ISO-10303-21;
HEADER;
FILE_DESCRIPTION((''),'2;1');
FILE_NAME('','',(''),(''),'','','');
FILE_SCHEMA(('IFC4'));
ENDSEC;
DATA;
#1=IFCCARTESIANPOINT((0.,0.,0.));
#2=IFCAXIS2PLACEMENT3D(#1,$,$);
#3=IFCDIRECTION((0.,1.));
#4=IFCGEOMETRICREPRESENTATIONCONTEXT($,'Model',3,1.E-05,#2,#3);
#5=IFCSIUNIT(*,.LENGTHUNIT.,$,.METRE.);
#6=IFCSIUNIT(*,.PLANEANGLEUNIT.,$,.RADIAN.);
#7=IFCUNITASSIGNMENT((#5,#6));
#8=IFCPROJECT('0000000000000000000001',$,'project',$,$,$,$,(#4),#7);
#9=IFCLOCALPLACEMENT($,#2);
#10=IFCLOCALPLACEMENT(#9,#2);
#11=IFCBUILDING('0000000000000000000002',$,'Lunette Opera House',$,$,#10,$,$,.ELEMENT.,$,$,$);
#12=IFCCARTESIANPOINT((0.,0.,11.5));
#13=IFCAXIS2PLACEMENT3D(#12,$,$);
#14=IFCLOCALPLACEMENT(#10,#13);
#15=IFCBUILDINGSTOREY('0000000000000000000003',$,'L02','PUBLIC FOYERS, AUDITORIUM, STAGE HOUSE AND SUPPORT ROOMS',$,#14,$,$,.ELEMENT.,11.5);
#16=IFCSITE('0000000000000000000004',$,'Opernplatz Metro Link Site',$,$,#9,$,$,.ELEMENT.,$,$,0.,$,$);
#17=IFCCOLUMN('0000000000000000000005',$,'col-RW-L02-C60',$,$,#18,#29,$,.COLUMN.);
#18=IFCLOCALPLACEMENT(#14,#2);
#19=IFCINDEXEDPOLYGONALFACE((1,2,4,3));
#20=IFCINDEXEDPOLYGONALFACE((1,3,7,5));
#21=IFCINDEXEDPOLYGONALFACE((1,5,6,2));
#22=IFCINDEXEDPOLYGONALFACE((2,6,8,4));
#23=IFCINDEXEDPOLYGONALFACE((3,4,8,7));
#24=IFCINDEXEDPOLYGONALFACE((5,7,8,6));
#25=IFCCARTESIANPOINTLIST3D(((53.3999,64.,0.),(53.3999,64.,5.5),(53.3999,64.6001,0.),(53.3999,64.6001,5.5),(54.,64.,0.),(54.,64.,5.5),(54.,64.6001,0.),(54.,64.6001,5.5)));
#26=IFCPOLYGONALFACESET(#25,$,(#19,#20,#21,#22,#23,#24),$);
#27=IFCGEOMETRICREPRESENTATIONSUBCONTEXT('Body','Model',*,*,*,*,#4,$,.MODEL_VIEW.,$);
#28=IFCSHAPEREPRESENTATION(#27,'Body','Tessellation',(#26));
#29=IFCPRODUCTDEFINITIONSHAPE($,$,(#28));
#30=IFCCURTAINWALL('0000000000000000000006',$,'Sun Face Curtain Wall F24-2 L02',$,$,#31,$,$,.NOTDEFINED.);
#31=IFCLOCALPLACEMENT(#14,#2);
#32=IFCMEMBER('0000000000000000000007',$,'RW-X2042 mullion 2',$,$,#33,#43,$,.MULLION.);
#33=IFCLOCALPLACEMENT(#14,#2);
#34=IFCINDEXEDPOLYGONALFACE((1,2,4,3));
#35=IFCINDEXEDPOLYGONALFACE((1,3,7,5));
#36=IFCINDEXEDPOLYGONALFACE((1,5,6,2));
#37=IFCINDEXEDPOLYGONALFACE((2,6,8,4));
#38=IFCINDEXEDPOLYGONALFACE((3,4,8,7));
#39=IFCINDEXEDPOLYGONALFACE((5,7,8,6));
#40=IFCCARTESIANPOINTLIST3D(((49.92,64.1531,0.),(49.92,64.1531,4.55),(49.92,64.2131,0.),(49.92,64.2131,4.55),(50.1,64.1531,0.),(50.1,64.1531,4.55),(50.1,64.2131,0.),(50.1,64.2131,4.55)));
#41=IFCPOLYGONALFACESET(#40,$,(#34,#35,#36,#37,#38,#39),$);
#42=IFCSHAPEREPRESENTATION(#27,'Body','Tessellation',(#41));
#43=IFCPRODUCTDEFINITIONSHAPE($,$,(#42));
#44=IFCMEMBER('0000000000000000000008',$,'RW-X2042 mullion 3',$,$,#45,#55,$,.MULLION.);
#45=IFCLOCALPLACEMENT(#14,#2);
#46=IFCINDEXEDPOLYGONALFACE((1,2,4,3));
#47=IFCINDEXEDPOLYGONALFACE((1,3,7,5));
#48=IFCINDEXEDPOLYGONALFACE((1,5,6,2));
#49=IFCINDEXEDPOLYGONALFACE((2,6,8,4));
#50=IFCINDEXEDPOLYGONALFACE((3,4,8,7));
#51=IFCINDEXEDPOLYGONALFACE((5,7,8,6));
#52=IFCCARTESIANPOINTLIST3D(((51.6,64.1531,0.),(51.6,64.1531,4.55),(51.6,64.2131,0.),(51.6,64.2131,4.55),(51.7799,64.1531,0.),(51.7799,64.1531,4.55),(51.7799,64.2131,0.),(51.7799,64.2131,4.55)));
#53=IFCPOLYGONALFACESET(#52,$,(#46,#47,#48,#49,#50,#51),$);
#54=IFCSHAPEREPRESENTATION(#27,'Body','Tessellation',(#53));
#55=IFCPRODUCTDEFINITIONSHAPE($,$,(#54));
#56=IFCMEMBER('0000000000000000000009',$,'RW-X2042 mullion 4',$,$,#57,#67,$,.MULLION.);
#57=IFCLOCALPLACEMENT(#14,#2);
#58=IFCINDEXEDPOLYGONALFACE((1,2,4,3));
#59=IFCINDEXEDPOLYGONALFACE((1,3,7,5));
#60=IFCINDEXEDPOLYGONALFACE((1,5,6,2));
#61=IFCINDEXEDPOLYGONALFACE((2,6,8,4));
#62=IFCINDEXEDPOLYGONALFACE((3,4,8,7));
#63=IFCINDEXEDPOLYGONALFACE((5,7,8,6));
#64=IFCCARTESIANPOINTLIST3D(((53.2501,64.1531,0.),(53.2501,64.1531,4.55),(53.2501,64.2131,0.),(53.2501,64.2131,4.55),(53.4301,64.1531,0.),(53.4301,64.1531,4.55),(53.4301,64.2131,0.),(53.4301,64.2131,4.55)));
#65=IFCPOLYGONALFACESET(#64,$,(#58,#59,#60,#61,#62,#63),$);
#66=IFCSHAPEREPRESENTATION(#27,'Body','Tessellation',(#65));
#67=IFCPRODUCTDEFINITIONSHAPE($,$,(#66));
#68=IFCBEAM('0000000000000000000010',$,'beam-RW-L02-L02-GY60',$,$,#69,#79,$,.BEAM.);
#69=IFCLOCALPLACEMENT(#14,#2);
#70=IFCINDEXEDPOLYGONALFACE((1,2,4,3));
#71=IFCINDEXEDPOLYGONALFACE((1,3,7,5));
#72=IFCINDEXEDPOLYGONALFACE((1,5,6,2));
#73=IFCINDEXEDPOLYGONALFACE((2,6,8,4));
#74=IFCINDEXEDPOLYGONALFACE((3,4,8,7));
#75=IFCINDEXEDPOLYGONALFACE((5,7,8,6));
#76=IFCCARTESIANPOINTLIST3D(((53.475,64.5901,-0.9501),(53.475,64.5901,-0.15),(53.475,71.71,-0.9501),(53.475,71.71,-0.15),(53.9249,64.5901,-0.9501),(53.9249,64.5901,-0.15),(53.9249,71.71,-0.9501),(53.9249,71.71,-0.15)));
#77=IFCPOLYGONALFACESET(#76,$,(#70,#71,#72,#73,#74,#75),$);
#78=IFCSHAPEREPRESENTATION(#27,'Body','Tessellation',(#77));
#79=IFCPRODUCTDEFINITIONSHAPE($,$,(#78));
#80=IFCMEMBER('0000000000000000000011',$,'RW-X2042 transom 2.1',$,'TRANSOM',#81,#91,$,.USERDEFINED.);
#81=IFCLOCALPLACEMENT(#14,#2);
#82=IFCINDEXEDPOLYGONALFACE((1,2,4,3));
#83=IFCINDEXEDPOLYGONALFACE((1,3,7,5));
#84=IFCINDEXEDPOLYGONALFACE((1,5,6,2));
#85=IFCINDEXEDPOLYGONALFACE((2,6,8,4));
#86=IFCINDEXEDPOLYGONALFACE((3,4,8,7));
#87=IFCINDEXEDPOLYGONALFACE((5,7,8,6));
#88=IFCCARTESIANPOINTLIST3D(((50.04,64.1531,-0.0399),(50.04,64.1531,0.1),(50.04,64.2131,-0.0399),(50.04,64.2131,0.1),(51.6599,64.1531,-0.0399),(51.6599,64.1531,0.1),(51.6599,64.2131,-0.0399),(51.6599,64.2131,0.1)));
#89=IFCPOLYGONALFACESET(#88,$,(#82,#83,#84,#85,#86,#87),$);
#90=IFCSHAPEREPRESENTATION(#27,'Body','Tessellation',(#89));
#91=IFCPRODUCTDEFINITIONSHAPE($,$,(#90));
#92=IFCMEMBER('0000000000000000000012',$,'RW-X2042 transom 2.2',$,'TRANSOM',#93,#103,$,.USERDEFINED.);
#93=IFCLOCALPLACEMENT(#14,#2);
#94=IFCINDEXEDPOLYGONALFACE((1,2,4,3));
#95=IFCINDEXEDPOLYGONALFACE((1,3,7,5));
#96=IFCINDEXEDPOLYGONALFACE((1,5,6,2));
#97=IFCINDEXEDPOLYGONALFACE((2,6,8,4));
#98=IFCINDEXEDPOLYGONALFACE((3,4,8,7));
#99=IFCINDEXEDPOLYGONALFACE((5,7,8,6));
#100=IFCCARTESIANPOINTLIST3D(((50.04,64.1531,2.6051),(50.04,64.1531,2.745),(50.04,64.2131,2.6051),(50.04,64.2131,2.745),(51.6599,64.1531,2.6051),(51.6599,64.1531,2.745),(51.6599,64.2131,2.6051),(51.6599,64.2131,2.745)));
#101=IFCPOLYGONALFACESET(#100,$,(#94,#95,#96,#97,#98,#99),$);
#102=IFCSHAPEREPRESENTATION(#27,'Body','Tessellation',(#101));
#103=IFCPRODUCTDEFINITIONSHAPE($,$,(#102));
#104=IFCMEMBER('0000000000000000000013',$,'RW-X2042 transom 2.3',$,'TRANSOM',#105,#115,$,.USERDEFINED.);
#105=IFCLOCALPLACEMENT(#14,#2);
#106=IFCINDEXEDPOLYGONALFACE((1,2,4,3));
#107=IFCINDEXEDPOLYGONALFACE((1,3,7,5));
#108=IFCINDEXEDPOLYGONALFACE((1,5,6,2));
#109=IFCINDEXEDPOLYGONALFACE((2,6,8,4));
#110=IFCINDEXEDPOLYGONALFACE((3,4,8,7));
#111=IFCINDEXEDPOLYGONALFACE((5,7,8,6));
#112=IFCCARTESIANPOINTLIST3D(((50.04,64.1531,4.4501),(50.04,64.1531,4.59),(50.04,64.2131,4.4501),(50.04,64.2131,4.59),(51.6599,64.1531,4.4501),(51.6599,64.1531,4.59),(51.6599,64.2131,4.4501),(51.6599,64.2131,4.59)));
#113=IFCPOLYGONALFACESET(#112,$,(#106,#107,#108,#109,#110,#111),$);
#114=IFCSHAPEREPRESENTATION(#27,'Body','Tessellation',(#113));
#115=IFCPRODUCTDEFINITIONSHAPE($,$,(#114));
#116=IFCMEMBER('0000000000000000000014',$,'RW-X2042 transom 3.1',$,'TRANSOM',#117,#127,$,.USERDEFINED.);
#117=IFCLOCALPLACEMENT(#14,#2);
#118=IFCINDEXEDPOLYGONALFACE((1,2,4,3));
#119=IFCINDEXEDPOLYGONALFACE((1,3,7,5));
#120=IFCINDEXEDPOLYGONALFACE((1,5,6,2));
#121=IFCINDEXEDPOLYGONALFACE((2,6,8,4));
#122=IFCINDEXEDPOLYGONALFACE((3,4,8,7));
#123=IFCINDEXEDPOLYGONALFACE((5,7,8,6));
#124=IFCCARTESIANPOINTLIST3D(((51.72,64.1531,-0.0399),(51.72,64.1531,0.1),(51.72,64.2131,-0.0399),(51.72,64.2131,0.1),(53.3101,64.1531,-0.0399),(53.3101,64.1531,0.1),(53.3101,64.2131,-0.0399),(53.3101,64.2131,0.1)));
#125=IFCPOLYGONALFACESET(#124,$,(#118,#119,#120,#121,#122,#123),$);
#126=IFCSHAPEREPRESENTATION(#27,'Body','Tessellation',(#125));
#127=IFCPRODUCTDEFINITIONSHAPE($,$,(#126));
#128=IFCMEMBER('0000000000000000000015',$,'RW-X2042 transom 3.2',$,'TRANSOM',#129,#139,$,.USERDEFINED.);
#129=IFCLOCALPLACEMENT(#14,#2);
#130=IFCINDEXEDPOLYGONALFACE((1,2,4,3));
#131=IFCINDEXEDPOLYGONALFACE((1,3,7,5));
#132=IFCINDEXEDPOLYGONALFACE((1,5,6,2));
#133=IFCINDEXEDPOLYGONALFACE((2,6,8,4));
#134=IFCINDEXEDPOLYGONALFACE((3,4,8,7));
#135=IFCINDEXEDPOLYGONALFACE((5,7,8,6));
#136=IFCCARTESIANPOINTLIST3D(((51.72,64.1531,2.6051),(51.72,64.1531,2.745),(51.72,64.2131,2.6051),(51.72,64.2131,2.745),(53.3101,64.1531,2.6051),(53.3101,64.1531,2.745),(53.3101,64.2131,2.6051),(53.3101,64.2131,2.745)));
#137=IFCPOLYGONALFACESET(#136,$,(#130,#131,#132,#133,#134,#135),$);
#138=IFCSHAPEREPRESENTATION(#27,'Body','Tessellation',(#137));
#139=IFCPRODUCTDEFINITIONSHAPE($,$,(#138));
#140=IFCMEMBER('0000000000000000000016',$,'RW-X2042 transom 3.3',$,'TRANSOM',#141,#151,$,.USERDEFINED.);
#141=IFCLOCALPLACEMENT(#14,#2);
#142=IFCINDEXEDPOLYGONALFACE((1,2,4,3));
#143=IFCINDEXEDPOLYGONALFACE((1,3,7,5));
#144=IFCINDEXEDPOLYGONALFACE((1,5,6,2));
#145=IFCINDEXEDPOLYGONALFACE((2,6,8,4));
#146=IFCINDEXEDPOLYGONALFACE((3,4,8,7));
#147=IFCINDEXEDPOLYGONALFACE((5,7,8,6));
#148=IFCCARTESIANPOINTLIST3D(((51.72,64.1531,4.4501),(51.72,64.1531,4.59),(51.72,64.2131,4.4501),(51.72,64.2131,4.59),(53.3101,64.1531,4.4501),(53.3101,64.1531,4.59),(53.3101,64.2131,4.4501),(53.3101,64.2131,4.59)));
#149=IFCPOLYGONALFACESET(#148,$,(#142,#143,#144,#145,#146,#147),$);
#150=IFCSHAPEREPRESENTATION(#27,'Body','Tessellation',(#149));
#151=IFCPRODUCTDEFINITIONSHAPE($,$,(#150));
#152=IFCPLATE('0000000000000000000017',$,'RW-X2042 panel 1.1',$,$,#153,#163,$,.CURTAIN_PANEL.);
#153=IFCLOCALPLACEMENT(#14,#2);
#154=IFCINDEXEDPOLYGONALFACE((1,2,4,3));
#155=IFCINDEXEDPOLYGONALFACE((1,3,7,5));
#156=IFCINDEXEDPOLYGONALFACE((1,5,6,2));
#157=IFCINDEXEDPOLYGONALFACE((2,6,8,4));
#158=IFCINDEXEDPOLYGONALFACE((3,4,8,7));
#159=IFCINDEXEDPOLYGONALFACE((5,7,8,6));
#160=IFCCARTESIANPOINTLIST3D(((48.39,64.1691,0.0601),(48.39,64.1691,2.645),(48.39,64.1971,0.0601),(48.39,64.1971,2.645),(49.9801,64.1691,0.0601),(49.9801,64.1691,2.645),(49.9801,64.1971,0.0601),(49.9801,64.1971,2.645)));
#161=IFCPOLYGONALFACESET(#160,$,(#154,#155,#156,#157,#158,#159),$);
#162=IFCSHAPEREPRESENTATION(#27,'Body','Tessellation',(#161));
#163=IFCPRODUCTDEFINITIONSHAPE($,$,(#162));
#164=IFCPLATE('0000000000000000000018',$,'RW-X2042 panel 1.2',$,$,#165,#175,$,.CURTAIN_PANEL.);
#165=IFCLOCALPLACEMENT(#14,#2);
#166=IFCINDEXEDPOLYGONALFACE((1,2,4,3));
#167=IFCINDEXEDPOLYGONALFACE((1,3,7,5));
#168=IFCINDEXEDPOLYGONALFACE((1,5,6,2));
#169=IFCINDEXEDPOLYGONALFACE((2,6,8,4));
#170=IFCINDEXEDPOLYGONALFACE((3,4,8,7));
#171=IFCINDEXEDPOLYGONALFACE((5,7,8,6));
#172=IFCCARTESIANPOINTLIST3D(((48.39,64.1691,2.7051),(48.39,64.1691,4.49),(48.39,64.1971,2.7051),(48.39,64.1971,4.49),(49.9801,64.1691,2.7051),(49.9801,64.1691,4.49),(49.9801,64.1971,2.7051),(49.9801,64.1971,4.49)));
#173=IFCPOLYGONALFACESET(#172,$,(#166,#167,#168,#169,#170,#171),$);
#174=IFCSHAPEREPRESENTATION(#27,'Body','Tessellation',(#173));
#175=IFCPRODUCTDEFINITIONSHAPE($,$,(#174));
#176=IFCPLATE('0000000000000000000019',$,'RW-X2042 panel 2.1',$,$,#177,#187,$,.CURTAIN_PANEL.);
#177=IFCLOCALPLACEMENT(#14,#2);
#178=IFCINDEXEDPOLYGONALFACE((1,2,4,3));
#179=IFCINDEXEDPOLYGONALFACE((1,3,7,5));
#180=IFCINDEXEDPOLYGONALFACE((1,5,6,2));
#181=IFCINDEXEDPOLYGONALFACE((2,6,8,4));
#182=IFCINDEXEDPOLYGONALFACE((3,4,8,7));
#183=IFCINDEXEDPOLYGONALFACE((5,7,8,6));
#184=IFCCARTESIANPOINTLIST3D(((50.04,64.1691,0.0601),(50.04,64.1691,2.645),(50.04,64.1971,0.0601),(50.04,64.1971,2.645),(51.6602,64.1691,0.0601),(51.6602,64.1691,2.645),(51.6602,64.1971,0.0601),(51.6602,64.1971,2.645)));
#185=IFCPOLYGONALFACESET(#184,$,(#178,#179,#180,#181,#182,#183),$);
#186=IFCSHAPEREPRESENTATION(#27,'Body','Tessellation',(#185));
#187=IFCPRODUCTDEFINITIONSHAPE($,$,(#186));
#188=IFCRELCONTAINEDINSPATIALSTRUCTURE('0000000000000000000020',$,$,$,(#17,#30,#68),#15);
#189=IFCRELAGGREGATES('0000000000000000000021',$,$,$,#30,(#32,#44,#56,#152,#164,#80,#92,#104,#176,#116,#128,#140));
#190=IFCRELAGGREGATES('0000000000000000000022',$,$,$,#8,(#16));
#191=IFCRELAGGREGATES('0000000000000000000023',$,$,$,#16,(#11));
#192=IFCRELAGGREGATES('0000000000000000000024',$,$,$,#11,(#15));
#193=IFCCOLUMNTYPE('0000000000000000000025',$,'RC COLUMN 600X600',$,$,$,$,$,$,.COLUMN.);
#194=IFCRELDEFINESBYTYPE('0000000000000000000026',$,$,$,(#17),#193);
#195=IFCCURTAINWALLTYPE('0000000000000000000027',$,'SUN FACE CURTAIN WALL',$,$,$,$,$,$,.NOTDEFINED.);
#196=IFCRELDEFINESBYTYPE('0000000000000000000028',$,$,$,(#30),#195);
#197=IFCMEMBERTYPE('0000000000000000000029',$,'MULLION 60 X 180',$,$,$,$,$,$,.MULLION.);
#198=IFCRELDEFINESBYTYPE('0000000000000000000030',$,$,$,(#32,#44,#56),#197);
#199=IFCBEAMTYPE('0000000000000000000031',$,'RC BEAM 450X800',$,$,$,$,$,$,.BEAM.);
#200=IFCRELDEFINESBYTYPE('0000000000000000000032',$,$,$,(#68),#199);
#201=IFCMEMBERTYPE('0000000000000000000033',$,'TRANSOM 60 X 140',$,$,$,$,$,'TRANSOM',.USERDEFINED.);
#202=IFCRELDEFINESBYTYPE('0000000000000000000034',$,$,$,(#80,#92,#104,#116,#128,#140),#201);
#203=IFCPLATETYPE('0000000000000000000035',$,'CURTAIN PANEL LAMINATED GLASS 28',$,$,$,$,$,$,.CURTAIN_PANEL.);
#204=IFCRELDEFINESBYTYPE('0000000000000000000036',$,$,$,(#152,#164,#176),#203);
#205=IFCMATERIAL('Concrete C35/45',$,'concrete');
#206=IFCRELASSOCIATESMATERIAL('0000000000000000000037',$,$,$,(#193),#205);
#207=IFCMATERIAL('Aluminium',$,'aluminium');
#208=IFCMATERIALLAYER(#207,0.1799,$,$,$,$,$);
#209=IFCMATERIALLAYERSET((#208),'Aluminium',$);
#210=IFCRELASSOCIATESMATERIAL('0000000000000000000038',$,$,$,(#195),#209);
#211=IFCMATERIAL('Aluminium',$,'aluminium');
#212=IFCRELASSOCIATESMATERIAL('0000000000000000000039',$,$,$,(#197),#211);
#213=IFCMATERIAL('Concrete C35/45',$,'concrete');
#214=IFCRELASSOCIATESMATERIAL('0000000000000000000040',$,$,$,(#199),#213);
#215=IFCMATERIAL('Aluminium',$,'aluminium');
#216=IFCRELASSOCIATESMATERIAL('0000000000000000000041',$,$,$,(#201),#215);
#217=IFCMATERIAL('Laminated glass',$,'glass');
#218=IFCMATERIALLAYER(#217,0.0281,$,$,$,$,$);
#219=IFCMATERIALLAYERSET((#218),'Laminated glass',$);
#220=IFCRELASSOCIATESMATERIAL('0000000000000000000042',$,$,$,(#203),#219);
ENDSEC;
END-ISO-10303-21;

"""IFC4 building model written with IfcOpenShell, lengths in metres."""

from ifc_helpers import new_model, si_unit, direction, frame, origin, origin_2d, place, context, subcontext, project, spatial, rectangle, extrude, material, layer, layer_set, material_profile, profile_set, type_object, element, aggregate, save


model = new_model("IFC4")

# Units and contexts
model_context = context("Model", 3, precision=1e-05, world=origin(), true_north=direction((0.0, 1.0)))
body_context = subcontext(model_context, "Body", "Model", "MODEL_VIEW")
ifc_project = project(units=[si_unit("LENGTHUNIT", "METRE"), si_unit("PLANEANGLEUNIT", "RADIAN")], contexts=[model_context])

# Site, building, storey
site_placement = place(None, origin())
site = spatial("IfcSite", under=ifc_project, at=site_placement, Name="Opernplatz Metro Link Site", CompositionType="ELEMENT", RefElevation=0.0)
building_placement = place(site_placement, origin())
building = spatial("IfcBuilding", under=site, at=building_placement, Name="Lunette Opera House", CompositionType="ELEMENT")
storey_placement = place(building_placement, frame((0.0, 0.0, 11.5)))
storey = spatial("IfcBuildingStorey", under=building, at=storey_placement, Name="L02", Description="PUBLIC FOYERS, AUDITORIUM, STAGE HOUSE AND SUPPORT ROOMS", CompositionType="ELEMENT", Elevation=11.5)

# Column
ifc_material_1 = material(Name="Concrete C35/45", Category="concrete")
ifc_material_profile_1 = material_profile(ifc_material_1, rectangle(XDim=0.6001, YDim=0.6001, at=origin_2d()), Name="RC COLUMN 600X600")
ifc_profile_set_1 = profile_set([ifc_material_profile_1], Name="Concrete C35/45")
column_type = type_object("IfcColumnType", Name="RC COLUMN 600X600", PredefinedType="COLUMN", material=ifc_profile_set_1)
column_placement = place(storey_placement, frame((53.7, 64.3, 0.0), z_axis=(0.0, 0.0, 1.0), x_axis=(1.0, 0.0, 0.0)))
element("IfcColumn", 1, at=column_placement, inside=storey, type_object=column_type, Name="col-RW-L02-C60", PredefinedType="COLUMN", context=body_context, shape_type="SweptSolid", body=[
    extrude(rectangle(XDim=0.6001, YDim=0.6001, at=origin_2d()), origin(), (0.0, 0.0, 1.0), 5.5),
])

# Curtain wall, members
ifc_material_2 = material(Name="Aluminium", Category="aluminium")
ifc_layer_1 = layer(ifc_material_2, 0.1799)
ifc_layer_set_1 = layer_set([ifc_layer_1], Name="Aluminium")
curtain_wall_type = type_object("IfcCurtainWallType", Name="SUN FACE CURTAIN WALL", PredefinedType="NOTDEFINED", material=ifc_layer_set_1)
curtain_wall_placement = place(storey_placement, origin())
curtain_wall = element("IfcCurtainWall", 2, at=curtain_wall_placement, inside=storey, type_object=curtain_wall_type, Name="Sun Face Curtain Wall F24-2 L02", PredefinedType="NOTDEFINED")
ifc_material_3 = material(Name="Aluminium", Category="aluminium")
ifc_material_profile_2 = material_profile(ifc_material_3, rectangle(XDim=0.0601, YDim=0.1799, at=origin_2d()), Name="MULLION 60 X 180")
ifc_profile_set_2 = profile_set([ifc_material_profile_2], Name="Aluminium")
member_type_1 = type_object("IfcMemberType", Name="MULLION 60 X 180", PredefinedType="MULLION", material=ifc_profile_set_2)
member_1_placement = place(storey_placement, frame((50.01, 64.1831, 0.0), z_axis=(0.0, 0.0, 1.0), x_axis=(0.0, 1.0, 0.0)))
member_1 = element("IfcMember", 3, at=member_1_placement, type_object=member_type_1, Name="RW-X2042 mullion 2", PredefinedType="MULLION", context=body_context, shape_type="SweptSolid", body=[
    extrude(rectangle(XDim=0.0601, YDim=0.1799, at=origin_2d()), origin(), (0.0, 0.0, 1.0), 4.55),
])
member_2_placement = place(storey_placement, frame((51.6899, 64.1831, 0.0), z_axis=(0.0, 0.0, 1.0), x_axis=(0.0, 1.0, 0.0)))
member_2 = element("IfcMember", 4, at=member_2_placement, type_object=member_type_1, Name="RW-X2042 mullion 3", PredefinedType="MULLION", context=body_context, shape_type="SweptSolid", body=[
    extrude(rectangle(XDim=0.0601, YDim=0.1799, at=origin_2d()), origin(), (0.0, 0.0, 1.0), 4.55),
])
member_3_placement = place(storey_placement, frame((53.3401, 64.1831, 0.0), z_axis=(0.0, 0.0, 1.0), x_axis=(0.0, 1.0, 0.0)))
member_3 = element("IfcMember", 5, at=member_3_placement, type_object=member_type_1, Name="RW-X2042 mullion 4", PredefinedType="MULLION", context=body_context, shape_type="SweptSolid", body=[
    extrude(rectangle(XDim=0.0601, YDim=0.1799, at=origin_2d()), origin(), (0.0, 0.0, 1.0), 4.55),
])

# Beam
ifc_material_4 = material(Name="Concrete C35/45", Category="concrete")
ifc_material_profile_3 = material_profile(ifc_material_4, rectangle(XDim=0.45, YDim=0.8, at=origin_2d()), Name="RC BEAM 450X800")
ifc_profile_set_3 = profile_set([ifc_material_profile_3], Name="Concrete C35/45")
beam_type = type_object("IfcBeamType", Name="RC BEAM 450X800", PredefinedType="BEAM", material=ifc_profile_set_3)
beam_placement = place(storey_placement, frame((53.7, 64.5901, -0.55), z_axis=(0.0, 1.0, 0.0), x_axis=(-1.0, 0.0, 0.0)))
element("IfcBeam", 6, at=beam_placement, inside=storey, type_object=beam_type, Name="beam-RW-L02-L02-GY60", PredefinedType="BEAM", context=body_context, shape_type="SweptSolid", body=[
    extrude(rectangle(XDim=0.45, YDim=0.8, at=origin_2d()), origin(), (0.0, 0.0, 1.0), 7.1199),
])

# Members
ifc_material_5 = material(Name="Aluminium", Category="aluminium")
ifc_material_profile_4 = material_profile(ifc_material_5, rectangle(XDim=0.0601, YDim=0.1399, at=origin_2d()), Name="TRANSOM 60 X 140")
ifc_profile_set_4 = profile_set([ifc_material_profile_4], Name="Aluminium")
member_type_2 = type_object("IfcMemberType", Name="TRANSOM 60 X 140", ElementType="TRANSOM", PredefinedType="USERDEFINED", material=ifc_profile_set_4)
member_4_placement = place(storey_placement, frame((50.04, 64.1831, 0.03), z_axis=(1.0, 0.0, 0.0), x_axis=(0.0, 1.0, 0.0)))
member_4 = element("IfcMember", 7, at=member_4_placement, type_object=member_type_2, Name="RW-X2042 transom 2.1", ObjectType="TRANSOM", PredefinedType="USERDEFINED", context=body_context, shape_type="SweptSolid", body=[
    extrude(rectangle(XDim=0.0601, YDim=0.1399, at=origin_2d()), origin(), (0.0, 0.0, 1.0), 1.6199),
])
member_5_placement = place(storey_placement, frame((50.04, 64.1831, 2.675), z_axis=(1.0, 0.0, 0.0), x_axis=(0.0, 1.0, 0.0)))
member_5 = element("IfcMember", 8, at=member_5_placement, type_object=member_type_2, Name="RW-X2042 transom 2.2", ObjectType="TRANSOM", PredefinedType="USERDEFINED", context=body_context, shape_type="SweptSolid", body=[
    extrude(rectangle(XDim=0.0601, YDim=0.1399, at=origin_2d()), origin(), (0.0, 0.0, 1.0), 1.6199),
])
member_6_placement = place(storey_placement, frame((50.04, 64.1831, 4.52), z_axis=(1.0, 0.0, 0.0), x_axis=(0.0, 1.0, 0.0)))
member_6 = element("IfcMember", 9, at=member_6_placement, type_object=member_type_2, Name="RW-X2042 transom 2.3", ObjectType="TRANSOM", PredefinedType="USERDEFINED", context=body_context, shape_type="SweptSolid", body=[
    extrude(rectangle(XDim=0.0601, YDim=0.1399, at=origin_2d()), origin(), (0.0, 0.0, 1.0), 1.6199),
])
member_7_placement = place(storey_placement, frame((51.72, 64.1831, 0.03), z_axis=(1.0, 0.0, 0.0), x_axis=(0.0, 1.0, 0.0)))
member_7 = element("IfcMember", 10, at=member_7_placement, type_object=member_type_2, Name="RW-X2042 transom 3.1", ObjectType="TRANSOM", PredefinedType="USERDEFINED", context=body_context, shape_type="SweptSolid", body=[
    extrude(rectangle(XDim=0.0601, YDim=0.1399, at=origin_2d()), origin(), (0.0, 0.0, 1.0), 1.5901),
])
member_8_placement = place(storey_placement, frame((51.72, 64.1831, 2.675), z_axis=(1.0, 0.0, 0.0), x_axis=(0.0, 1.0, 0.0)))
member_8 = element("IfcMember", 11, at=member_8_placement, type_object=member_type_2, Name="RW-X2042 transom 3.2", ObjectType="TRANSOM", PredefinedType="USERDEFINED", context=body_context, shape_type="SweptSolid", body=[
    extrude(rectangle(XDim=0.0601, YDim=0.1399, at=origin_2d()), origin(), (0.0, 0.0, 1.0), 1.5901),
])
member_9_placement = place(storey_placement, frame((51.72, 64.1831, 4.52), z_axis=(1.0, 0.0, 0.0), x_axis=(0.0, 1.0, 0.0)))
member_9 = element("IfcMember", 12, at=member_9_placement, type_object=member_type_2, Name="RW-X2042 transom 3.3", ObjectType="TRANSOM", PredefinedType="USERDEFINED", context=body_context, shape_type="SweptSolid", body=[
    extrude(rectangle(XDim=0.0601, YDim=0.1399, at=origin_2d()), origin(), (0.0, 0.0, 1.0), 1.5901),
])

# Plates
ifc_material_6 = material(Name="Laminated glass", Category="glass")
ifc_layer_2 = layer(ifc_material_6, 0.0281)
ifc_layer_set_2 = layer_set([ifc_layer_2], Name="Laminated glass")
plate_type = type_object("IfcPlateType", Name="CURTAIN PANEL LAMINATED GLASS 28", PredefinedType="CURTAIN_PANEL", material=ifc_layer_set_2)
plate_1_placement = place(storey_placement, frame((49.1851, 64.1831, 0.0601), z_axis=(0.0, 0.0, 1.0), x_axis=(1.0, 0.0, 0.0)))
plate_1 = element("IfcPlate", 13, at=plate_1_placement, type_object=plate_type, Name="RW-X2042 panel 1.1", PredefinedType="CURTAIN_PANEL", context=body_context, shape_type="SweptSolid", body=[
    extrude(rectangle(XDim=1.5901, YDim=0.0281, at=origin_2d()), origin(), (0.0, 0.0, 1.0), 2.585),
])
plate_2_placement = place(storey_placement, frame((49.1851, 64.1831, 2.7051), z_axis=(0.0, 0.0, 1.0), x_axis=(1.0, 0.0, 0.0)))
plate_2 = element("IfcPlate", 14, at=plate_2_placement, type_object=plate_type, Name="RW-X2042 panel 1.2", PredefinedType="CURTAIN_PANEL", context=body_context, shape_type="SweptSolid", body=[
    extrude(rectangle(XDim=1.5901, YDim=0.0281, at=origin_2d()), origin(), (0.0, 0.0, 1.0), 1.7849),
])
plate_3_placement = place(storey_placement, frame((50.8501, 64.1831, 0.0601), z_axis=(0.0, 0.0, 1.0), x_axis=(1.0, 0.0, 0.0)))
plate_3 = element("IfcPlate", 15, at=plate_3_placement, type_object=plate_type, Name="RW-X2042 panel 2.1", PredefinedType="CURTAIN_PANEL", context=body_context, shape_type="SweptSolid", body=[
    extrude(rectangle(XDim=1.6201, YDim=0.0281, at=origin_2d()), origin(), (0.0, 0.0, 1.0), 2.585),
])
aggregate(curtain_wall, [member_1, member_2, member_3, plate_1, plate_2, member_4, member_5, member_6, plate_3, member_7, member_8, member_9])

save(model, "model.ifc")
